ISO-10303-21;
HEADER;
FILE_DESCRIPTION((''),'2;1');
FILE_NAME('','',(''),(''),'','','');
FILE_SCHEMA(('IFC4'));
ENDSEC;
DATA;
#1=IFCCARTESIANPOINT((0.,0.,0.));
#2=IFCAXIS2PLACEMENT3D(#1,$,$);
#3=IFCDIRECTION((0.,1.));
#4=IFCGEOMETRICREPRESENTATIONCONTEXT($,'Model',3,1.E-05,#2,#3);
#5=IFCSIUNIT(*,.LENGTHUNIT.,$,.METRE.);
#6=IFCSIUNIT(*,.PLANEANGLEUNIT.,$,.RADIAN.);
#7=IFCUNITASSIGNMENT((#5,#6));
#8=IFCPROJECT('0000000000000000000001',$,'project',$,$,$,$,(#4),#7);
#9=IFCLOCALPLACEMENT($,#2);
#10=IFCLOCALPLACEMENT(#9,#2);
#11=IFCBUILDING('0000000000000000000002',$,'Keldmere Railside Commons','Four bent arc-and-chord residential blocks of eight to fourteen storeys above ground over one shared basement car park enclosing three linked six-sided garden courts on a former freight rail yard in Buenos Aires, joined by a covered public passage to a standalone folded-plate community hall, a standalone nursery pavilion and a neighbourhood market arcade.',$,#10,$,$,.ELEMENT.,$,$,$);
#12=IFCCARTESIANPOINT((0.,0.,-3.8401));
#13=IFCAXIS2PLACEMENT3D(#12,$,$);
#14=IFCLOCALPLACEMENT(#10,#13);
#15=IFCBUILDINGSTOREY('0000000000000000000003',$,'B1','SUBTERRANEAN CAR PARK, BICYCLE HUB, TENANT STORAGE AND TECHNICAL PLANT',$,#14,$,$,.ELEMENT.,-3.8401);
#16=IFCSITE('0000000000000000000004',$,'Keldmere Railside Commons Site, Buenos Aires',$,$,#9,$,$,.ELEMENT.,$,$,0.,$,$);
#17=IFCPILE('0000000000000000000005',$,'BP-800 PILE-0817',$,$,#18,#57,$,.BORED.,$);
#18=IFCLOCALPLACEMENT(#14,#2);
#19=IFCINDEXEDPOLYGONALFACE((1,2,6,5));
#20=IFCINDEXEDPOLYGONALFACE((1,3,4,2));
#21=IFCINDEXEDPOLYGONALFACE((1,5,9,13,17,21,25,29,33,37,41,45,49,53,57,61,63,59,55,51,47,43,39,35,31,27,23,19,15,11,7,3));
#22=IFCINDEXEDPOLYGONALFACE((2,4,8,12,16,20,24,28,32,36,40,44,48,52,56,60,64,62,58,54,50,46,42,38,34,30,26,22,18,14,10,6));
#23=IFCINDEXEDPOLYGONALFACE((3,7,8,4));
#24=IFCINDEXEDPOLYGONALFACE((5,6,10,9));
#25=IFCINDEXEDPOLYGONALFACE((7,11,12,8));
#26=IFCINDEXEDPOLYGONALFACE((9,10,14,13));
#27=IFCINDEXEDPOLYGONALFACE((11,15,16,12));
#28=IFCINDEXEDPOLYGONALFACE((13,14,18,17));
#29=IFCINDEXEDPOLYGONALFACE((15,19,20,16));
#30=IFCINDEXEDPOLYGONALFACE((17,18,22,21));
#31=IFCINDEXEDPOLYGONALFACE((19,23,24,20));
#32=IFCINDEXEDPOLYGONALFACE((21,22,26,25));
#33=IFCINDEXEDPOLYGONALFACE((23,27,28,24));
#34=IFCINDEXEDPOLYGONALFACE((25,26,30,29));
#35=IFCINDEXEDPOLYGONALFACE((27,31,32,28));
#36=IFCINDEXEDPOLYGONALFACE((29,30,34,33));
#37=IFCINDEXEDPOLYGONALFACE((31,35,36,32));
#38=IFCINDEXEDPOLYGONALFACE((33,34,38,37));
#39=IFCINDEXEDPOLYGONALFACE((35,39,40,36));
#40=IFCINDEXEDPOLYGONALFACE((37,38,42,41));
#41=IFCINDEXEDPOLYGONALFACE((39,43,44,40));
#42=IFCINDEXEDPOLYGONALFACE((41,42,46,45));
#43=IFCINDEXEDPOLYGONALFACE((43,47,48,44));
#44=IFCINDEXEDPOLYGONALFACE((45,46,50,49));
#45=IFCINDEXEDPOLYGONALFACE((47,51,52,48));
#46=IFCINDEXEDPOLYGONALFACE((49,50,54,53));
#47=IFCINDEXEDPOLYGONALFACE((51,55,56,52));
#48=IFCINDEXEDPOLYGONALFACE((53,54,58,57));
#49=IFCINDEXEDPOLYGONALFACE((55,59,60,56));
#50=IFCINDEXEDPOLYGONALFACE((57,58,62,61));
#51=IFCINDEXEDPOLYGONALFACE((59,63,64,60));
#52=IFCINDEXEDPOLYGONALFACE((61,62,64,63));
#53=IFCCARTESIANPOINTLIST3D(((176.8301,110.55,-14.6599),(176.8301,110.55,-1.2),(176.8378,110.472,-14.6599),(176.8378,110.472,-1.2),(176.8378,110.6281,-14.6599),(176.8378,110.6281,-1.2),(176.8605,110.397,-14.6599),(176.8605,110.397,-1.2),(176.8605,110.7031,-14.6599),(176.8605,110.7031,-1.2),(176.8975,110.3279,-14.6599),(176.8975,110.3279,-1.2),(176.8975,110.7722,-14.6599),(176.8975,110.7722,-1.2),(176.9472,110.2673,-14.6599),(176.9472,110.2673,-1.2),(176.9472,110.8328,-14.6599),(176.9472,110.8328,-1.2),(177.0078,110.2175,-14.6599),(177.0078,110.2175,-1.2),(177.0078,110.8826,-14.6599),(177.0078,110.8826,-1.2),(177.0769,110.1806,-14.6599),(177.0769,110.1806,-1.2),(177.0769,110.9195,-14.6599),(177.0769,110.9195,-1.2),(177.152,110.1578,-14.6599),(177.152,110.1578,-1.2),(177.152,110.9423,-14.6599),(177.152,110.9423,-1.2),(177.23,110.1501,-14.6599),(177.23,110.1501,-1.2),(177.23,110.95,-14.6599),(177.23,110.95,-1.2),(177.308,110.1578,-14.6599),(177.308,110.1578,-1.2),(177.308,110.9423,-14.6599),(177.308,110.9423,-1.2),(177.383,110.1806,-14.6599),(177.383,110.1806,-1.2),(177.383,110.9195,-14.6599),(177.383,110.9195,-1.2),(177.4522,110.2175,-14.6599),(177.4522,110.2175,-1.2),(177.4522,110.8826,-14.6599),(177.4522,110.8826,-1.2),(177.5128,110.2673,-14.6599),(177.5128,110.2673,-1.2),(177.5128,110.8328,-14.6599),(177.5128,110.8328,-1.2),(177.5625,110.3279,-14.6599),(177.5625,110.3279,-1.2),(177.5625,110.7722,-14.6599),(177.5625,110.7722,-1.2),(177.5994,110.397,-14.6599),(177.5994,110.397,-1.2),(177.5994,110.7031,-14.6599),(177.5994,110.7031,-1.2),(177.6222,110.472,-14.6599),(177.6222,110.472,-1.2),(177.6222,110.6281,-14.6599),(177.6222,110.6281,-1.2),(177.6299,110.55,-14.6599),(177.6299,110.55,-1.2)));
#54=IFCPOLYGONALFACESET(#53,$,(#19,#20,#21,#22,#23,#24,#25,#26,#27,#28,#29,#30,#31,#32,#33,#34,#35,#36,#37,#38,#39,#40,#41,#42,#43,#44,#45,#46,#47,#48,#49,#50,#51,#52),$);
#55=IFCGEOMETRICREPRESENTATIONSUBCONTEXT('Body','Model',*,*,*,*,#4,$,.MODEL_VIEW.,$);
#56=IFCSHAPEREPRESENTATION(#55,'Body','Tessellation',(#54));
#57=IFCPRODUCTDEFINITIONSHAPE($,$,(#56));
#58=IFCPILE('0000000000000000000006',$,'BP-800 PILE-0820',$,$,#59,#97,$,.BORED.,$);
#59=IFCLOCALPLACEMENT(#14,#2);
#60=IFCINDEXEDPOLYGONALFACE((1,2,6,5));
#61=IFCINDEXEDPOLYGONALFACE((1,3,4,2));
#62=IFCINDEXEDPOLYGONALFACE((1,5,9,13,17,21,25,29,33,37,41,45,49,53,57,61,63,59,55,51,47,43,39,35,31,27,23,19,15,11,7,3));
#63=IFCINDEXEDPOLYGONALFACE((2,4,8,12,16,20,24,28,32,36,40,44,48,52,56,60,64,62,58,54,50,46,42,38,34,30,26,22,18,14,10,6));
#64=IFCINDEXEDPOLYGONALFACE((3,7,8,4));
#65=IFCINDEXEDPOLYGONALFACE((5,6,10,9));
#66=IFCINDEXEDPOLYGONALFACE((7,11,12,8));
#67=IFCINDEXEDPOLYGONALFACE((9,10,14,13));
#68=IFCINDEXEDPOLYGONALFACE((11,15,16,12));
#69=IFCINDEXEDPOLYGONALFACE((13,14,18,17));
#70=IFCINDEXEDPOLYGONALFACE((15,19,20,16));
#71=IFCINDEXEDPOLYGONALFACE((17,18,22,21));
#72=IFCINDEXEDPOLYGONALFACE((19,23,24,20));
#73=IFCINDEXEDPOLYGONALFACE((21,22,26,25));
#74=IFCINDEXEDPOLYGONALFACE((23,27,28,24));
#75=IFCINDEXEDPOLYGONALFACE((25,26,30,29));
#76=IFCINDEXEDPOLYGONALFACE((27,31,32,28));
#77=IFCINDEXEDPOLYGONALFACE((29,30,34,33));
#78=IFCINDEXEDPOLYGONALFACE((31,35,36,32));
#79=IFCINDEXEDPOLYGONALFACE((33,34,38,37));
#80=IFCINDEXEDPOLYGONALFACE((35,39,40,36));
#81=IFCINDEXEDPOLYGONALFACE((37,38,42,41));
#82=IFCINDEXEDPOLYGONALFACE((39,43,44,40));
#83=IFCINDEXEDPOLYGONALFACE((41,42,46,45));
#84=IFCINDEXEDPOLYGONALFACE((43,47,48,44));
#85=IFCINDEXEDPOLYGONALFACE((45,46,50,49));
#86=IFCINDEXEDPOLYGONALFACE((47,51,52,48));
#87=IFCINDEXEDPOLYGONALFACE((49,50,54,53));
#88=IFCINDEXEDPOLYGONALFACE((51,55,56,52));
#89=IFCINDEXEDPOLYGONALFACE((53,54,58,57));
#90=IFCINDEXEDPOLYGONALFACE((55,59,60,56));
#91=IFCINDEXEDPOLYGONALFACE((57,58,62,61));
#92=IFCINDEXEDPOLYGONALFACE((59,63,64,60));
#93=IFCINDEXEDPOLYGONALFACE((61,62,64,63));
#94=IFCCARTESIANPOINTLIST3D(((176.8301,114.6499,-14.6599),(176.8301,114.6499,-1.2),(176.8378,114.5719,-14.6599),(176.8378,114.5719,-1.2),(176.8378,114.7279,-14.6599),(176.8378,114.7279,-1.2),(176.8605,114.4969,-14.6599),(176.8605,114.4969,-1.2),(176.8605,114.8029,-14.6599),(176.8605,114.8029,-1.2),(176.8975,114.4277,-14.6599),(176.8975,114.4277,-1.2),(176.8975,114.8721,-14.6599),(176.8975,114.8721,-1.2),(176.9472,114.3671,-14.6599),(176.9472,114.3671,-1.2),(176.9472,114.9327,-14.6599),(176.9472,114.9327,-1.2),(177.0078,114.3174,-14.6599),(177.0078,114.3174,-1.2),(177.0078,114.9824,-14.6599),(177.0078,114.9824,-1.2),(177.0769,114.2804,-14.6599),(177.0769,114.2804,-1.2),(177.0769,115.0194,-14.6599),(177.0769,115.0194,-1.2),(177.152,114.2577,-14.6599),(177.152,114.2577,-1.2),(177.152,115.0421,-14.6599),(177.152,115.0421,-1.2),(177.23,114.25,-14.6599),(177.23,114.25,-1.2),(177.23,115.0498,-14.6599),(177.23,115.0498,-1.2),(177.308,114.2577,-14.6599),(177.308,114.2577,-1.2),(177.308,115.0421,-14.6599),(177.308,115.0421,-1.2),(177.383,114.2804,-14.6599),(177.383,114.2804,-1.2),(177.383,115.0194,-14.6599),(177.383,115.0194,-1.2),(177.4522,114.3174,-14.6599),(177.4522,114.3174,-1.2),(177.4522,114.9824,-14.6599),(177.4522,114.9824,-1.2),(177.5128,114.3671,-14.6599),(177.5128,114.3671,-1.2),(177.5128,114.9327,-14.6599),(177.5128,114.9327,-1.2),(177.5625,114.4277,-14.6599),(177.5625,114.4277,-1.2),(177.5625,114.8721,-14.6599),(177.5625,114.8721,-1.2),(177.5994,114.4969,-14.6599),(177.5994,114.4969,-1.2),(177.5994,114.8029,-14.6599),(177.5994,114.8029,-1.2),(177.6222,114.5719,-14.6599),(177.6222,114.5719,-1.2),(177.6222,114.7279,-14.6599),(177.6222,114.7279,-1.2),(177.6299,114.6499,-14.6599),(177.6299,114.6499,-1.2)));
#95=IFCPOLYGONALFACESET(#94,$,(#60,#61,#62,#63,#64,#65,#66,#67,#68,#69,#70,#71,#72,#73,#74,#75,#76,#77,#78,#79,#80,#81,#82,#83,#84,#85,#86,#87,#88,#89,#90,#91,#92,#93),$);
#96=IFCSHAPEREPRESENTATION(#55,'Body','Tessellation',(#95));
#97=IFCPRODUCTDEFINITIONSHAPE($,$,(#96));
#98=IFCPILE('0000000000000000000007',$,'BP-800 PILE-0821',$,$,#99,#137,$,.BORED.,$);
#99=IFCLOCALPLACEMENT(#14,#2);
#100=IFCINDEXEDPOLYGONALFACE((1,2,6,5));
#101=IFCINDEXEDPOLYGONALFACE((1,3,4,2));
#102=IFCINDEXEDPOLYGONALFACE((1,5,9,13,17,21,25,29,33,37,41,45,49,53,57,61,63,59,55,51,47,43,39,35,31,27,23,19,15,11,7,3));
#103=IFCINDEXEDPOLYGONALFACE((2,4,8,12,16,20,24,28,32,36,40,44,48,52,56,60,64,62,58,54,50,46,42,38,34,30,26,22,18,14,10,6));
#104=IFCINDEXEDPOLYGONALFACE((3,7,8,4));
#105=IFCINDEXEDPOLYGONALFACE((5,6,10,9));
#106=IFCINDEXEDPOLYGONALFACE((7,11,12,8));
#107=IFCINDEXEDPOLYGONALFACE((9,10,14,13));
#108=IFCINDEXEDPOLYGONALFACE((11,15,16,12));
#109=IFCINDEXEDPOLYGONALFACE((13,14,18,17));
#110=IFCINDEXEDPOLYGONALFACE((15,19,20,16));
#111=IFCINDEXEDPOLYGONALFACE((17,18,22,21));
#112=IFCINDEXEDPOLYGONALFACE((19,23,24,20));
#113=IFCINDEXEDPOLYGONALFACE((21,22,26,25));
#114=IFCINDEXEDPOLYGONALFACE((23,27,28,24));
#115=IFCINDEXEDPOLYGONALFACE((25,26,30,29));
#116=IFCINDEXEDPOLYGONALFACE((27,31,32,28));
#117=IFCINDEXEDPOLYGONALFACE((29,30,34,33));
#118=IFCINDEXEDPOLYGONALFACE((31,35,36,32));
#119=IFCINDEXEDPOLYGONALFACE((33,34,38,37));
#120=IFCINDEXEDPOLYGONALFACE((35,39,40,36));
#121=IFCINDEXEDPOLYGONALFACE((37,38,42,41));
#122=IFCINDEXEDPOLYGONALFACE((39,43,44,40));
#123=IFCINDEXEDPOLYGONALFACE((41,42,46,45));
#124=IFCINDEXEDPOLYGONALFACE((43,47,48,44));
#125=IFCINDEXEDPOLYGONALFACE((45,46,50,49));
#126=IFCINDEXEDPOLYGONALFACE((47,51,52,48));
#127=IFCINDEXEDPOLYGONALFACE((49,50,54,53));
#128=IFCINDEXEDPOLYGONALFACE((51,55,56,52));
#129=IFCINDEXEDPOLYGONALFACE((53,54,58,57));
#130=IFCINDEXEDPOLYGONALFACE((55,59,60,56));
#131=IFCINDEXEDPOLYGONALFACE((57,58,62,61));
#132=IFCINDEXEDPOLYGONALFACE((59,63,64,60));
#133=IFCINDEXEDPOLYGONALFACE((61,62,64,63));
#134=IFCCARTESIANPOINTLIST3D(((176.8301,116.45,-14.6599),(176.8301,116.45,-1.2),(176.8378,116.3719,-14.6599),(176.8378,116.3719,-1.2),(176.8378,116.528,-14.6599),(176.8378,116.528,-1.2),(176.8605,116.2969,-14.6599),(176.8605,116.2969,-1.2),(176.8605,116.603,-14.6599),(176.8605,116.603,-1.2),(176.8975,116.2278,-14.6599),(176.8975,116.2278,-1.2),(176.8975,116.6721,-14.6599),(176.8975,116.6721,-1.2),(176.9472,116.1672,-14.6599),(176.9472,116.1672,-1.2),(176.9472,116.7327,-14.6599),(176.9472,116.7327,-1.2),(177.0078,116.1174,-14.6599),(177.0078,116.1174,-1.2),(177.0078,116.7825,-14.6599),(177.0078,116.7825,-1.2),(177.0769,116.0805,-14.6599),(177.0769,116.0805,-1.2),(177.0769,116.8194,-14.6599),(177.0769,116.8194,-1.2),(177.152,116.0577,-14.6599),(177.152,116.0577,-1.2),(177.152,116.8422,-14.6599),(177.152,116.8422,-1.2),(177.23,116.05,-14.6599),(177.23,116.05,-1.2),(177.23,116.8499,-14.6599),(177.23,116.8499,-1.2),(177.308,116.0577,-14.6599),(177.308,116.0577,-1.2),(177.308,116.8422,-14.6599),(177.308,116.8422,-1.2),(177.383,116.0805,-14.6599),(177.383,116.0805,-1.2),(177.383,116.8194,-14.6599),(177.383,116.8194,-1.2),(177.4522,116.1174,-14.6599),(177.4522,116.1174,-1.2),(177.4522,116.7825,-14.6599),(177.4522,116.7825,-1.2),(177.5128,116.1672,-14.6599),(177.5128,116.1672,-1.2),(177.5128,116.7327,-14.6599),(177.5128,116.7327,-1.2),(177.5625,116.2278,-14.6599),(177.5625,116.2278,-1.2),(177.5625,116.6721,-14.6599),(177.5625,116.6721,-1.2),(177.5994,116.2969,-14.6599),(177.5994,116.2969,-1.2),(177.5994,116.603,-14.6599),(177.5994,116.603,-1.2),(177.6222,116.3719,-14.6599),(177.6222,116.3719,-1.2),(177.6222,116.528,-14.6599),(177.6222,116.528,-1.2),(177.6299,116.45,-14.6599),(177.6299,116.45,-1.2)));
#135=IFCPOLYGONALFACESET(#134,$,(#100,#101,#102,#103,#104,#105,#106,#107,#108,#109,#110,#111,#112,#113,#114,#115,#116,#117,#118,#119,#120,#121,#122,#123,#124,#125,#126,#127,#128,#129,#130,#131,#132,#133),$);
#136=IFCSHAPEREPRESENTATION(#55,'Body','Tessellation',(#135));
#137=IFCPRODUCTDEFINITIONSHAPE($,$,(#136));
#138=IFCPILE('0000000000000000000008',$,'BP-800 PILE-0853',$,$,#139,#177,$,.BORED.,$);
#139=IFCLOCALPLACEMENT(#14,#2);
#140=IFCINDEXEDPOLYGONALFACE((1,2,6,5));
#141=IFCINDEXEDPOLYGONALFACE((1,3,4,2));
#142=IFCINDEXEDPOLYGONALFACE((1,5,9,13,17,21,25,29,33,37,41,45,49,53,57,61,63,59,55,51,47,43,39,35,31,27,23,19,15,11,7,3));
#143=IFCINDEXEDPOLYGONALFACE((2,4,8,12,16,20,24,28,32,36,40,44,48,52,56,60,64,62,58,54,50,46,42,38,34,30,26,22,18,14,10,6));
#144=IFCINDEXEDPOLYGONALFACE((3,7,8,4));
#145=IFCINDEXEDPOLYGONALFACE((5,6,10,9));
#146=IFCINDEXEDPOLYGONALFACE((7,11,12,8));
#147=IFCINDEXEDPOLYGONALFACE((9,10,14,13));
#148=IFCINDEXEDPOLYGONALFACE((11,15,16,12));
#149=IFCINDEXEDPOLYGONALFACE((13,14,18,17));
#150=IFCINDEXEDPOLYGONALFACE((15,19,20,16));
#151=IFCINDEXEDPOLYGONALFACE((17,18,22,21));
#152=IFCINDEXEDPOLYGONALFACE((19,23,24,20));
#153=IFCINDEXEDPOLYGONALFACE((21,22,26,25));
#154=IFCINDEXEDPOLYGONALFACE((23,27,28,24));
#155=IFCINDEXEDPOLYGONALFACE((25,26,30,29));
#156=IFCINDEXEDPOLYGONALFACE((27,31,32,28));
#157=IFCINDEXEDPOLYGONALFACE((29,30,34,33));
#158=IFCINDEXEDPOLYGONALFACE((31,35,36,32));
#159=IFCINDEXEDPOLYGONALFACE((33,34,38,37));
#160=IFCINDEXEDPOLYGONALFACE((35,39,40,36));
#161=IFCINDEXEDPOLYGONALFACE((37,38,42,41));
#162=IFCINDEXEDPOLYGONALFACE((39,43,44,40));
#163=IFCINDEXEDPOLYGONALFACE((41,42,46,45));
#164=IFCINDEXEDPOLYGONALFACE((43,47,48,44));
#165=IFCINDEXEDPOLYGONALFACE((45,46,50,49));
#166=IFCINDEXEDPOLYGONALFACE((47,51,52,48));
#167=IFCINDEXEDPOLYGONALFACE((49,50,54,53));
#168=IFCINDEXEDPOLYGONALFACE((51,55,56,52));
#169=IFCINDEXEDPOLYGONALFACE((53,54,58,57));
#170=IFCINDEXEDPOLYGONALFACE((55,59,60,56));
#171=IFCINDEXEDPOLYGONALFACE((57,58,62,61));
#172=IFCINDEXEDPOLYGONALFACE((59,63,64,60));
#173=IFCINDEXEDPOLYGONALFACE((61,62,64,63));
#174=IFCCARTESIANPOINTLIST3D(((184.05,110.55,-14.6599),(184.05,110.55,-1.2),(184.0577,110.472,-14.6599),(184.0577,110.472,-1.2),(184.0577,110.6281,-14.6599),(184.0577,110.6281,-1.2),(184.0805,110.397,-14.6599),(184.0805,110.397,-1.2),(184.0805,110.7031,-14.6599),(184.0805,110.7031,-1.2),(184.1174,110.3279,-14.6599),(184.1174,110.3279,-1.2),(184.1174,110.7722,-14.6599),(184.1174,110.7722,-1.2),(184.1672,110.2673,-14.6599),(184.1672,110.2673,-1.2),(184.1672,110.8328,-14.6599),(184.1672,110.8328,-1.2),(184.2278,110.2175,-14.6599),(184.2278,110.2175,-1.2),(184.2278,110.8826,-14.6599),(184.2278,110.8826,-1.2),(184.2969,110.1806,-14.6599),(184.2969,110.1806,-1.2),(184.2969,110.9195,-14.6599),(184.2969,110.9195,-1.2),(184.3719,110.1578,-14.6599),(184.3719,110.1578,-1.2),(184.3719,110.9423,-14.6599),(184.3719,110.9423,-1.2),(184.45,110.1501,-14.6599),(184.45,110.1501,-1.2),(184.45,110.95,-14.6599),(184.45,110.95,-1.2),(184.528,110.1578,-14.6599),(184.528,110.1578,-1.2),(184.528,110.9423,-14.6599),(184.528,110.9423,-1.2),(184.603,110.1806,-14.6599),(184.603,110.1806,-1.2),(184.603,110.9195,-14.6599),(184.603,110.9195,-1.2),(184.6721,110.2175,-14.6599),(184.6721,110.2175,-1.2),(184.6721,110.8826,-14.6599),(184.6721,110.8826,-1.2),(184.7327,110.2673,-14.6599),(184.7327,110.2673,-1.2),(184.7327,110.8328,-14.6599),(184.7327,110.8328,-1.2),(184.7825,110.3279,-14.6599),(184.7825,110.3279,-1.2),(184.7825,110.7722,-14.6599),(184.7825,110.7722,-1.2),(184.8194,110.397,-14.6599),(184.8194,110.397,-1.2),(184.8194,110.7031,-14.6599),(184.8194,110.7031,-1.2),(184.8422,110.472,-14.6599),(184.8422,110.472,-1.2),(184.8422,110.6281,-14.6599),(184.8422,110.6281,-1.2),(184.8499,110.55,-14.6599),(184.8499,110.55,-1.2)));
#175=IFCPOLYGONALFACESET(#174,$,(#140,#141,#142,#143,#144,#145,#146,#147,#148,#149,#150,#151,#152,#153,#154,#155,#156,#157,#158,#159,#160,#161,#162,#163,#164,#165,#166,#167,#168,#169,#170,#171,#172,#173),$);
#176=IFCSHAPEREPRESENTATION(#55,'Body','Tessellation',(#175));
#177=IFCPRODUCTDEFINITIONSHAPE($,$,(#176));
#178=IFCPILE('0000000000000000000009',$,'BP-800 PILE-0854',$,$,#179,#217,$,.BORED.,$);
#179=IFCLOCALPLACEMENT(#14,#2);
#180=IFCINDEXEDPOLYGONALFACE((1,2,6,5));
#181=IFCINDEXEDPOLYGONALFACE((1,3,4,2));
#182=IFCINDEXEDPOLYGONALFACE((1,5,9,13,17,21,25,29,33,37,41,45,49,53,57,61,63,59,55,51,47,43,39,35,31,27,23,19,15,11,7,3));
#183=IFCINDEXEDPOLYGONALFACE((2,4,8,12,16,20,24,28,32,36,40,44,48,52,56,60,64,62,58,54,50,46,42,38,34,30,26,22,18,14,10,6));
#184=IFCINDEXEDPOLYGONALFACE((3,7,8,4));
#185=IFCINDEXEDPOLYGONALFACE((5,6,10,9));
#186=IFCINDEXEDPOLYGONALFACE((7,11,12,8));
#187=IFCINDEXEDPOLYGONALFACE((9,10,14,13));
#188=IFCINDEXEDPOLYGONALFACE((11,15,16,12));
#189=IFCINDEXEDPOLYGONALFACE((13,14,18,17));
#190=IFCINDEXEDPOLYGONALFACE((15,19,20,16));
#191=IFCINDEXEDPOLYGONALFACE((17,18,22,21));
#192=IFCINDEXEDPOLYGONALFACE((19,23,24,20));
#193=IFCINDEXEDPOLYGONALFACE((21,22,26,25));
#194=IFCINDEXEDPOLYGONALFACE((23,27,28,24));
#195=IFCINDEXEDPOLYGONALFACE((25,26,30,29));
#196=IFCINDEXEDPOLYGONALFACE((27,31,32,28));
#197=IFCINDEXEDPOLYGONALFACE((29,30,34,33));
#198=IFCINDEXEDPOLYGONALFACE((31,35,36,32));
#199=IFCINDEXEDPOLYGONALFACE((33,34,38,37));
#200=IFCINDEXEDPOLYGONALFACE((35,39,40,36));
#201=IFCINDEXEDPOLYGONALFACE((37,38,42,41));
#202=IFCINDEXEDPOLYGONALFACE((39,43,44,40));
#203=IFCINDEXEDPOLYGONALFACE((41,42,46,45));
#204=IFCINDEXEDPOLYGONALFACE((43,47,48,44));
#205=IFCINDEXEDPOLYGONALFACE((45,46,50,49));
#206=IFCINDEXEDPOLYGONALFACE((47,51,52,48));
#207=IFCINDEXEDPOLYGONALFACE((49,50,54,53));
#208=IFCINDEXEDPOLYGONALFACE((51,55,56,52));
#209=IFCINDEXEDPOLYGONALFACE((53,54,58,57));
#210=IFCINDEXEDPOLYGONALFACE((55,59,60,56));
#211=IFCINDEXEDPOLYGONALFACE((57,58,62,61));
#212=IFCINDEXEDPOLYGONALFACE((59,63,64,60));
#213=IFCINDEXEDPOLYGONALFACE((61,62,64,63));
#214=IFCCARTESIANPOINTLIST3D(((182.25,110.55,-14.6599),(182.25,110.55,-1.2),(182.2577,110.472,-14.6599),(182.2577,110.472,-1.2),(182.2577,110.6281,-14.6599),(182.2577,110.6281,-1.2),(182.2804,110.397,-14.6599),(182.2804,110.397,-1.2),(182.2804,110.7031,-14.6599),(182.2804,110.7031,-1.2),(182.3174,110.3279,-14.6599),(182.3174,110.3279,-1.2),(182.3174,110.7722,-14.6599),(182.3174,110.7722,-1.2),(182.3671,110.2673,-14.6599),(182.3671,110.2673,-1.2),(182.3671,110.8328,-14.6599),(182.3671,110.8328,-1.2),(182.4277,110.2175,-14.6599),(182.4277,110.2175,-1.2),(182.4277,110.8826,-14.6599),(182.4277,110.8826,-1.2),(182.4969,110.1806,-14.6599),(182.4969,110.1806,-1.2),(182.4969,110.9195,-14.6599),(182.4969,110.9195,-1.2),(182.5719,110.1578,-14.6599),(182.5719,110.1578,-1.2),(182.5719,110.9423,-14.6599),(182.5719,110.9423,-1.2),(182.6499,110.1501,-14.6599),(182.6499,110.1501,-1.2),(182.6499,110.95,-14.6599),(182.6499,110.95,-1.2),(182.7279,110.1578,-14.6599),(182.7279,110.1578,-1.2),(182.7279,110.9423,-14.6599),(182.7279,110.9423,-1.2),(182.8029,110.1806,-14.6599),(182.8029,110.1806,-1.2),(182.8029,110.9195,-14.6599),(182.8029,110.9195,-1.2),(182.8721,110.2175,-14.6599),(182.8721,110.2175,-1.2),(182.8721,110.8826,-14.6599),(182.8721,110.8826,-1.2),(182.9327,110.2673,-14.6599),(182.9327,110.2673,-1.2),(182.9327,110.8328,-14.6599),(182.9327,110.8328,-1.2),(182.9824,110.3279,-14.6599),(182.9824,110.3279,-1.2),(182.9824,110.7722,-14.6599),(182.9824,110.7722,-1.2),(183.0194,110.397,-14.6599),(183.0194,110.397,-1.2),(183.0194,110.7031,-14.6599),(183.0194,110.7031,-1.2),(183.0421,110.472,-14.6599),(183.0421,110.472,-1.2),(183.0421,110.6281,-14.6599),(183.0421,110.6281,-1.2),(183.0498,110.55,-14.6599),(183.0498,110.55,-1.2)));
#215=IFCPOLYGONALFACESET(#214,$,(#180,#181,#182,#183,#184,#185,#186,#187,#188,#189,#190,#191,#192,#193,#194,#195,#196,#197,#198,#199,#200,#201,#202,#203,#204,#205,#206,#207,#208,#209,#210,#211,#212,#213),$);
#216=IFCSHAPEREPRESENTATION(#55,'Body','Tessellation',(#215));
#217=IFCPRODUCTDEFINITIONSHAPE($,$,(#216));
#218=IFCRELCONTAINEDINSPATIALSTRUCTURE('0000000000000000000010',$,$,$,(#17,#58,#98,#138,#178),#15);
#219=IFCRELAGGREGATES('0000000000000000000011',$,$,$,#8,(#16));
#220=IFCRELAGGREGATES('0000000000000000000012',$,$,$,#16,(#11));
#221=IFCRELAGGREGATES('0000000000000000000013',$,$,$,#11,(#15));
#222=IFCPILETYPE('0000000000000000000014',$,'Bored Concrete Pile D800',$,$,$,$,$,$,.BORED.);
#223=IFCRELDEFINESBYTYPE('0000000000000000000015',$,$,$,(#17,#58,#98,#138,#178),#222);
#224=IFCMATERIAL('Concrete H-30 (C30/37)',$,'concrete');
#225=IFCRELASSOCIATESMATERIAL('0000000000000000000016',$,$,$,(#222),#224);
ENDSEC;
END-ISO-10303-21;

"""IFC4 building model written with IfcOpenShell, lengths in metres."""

from ifc_helpers import new_model, si_unit, direction, frame, origin, origin_2d, place, context, subcontext, project, spatial, circle, extrude, material, material_profile, profile_set, type_object, element, save


model = new_model("IFC4")

# Units and contexts
model_context = context("Model", 3, precision=1e-05, world=origin(), true_north=direction((0.0, 1.0)))
body_context = subcontext(model_context, "Body", "Model", "MODEL_VIEW")
ifc_project = project(units=[si_unit("LENGTHUNIT", "METRE"), si_unit("PLANEANGLEUNIT", "RADIAN")], contexts=[model_context])

# Site, building, storey
site_placement = place(None, origin())
site = spatial("IfcSite", under=ifc_project, at=site_placement, Name="Keldmere Railside Commons Site, Buenos Aires", CompositionType="ELEMENT", RefElevation=0.0)
building_placement = place(site_placement, origin())
building = spatial("IfcBuilding", under=site, at=building_placement, Name="Keldmere Railside Commons", Description="Four bent arc-and-chord residential blocks of eight to fourteen storeys above ground over one shared basement car park enclosing three linked six-sided garden courts on a former freight rail yard in Buenos Aires, joined by a covered public passage to a standalone folded-plate community hall, a standalone nursery pavilion and a neighbourhood market arcade.", CompositionType="ELEMENT")
storey_placement = place(building_placement, frame((0.0, 0.0, -3.8401)))
storey = spatial("IfcBuildingStorey", under=building, at=storey_placement, Name="B1", Description="SUBTERRANEAN CAR PARK, BICYCLE HUB, TENANT STORAGE AND TECHNICAL PLANT", CompositionType="ELEMENT", Elevation=-3.8401)

# Piles
ifc_material_1 = material(Name="Concrete H-30 (C30/37)", Category="concrete")
ifc_material_profile_1 = material_profile(ifc_material_1, circle(Radius=0.3999, at=origin_2d()), Name="PILE-D800")
ifc_profile_set_1 = profile_set([ifc_material_profile_1], Name="Concrete H-30 (C30/37)")
pile_type = type_object("IfcPileType", Name="Bored Concrete Pile D800", PredefinedType="BORED", material=ifc_profile_set_1)
for number, where, z_axis, x_axis, name in (
    (1, (177.23, 110.55, -1.2), (0.0, 0.0, -1.0), (1.0, 0.0, 0.0), "BP-800 PILE-0817"),
    (2, (177.23, 114.6499, -1.2), (0.0, 0.0, -1.0), (1.0, 0.0, 0.0), "BP-800 PILE-0820"),
    (3, (177.23, 116.45, -1.2), (0.0, 0.0, -1.0), (1.0, 0.0, 0.0), "BP-800 PILE-0821"),
    (4, (184.45, 110.55, -1.2), (0.0, 0.0, -1.0), (1.0, 0.0, 0.0), "BP-800 PILE-0853"),
    (5, (182.6499, 110.55, -1.2), (0.0, 0.0, -1.0), (1.0, 0.0, 0.0), "BP-800 PILE-0854"),
):
    element("IfcPile", number, at=place(storey_placement, frame(where, z_axis=z_axis, x_axis=x_axis)), inside=storey, type_object=pile_type, Name=name, PredefinedType="BORED", context=body_context, shape_type="SweptSolid", body=[
        extrude(circle(Radius=0.3999, at=origin_2d()), origin(), (0.0, 0.0, 1.0), 13.46),
    ])

save(model, "model.ifc")
